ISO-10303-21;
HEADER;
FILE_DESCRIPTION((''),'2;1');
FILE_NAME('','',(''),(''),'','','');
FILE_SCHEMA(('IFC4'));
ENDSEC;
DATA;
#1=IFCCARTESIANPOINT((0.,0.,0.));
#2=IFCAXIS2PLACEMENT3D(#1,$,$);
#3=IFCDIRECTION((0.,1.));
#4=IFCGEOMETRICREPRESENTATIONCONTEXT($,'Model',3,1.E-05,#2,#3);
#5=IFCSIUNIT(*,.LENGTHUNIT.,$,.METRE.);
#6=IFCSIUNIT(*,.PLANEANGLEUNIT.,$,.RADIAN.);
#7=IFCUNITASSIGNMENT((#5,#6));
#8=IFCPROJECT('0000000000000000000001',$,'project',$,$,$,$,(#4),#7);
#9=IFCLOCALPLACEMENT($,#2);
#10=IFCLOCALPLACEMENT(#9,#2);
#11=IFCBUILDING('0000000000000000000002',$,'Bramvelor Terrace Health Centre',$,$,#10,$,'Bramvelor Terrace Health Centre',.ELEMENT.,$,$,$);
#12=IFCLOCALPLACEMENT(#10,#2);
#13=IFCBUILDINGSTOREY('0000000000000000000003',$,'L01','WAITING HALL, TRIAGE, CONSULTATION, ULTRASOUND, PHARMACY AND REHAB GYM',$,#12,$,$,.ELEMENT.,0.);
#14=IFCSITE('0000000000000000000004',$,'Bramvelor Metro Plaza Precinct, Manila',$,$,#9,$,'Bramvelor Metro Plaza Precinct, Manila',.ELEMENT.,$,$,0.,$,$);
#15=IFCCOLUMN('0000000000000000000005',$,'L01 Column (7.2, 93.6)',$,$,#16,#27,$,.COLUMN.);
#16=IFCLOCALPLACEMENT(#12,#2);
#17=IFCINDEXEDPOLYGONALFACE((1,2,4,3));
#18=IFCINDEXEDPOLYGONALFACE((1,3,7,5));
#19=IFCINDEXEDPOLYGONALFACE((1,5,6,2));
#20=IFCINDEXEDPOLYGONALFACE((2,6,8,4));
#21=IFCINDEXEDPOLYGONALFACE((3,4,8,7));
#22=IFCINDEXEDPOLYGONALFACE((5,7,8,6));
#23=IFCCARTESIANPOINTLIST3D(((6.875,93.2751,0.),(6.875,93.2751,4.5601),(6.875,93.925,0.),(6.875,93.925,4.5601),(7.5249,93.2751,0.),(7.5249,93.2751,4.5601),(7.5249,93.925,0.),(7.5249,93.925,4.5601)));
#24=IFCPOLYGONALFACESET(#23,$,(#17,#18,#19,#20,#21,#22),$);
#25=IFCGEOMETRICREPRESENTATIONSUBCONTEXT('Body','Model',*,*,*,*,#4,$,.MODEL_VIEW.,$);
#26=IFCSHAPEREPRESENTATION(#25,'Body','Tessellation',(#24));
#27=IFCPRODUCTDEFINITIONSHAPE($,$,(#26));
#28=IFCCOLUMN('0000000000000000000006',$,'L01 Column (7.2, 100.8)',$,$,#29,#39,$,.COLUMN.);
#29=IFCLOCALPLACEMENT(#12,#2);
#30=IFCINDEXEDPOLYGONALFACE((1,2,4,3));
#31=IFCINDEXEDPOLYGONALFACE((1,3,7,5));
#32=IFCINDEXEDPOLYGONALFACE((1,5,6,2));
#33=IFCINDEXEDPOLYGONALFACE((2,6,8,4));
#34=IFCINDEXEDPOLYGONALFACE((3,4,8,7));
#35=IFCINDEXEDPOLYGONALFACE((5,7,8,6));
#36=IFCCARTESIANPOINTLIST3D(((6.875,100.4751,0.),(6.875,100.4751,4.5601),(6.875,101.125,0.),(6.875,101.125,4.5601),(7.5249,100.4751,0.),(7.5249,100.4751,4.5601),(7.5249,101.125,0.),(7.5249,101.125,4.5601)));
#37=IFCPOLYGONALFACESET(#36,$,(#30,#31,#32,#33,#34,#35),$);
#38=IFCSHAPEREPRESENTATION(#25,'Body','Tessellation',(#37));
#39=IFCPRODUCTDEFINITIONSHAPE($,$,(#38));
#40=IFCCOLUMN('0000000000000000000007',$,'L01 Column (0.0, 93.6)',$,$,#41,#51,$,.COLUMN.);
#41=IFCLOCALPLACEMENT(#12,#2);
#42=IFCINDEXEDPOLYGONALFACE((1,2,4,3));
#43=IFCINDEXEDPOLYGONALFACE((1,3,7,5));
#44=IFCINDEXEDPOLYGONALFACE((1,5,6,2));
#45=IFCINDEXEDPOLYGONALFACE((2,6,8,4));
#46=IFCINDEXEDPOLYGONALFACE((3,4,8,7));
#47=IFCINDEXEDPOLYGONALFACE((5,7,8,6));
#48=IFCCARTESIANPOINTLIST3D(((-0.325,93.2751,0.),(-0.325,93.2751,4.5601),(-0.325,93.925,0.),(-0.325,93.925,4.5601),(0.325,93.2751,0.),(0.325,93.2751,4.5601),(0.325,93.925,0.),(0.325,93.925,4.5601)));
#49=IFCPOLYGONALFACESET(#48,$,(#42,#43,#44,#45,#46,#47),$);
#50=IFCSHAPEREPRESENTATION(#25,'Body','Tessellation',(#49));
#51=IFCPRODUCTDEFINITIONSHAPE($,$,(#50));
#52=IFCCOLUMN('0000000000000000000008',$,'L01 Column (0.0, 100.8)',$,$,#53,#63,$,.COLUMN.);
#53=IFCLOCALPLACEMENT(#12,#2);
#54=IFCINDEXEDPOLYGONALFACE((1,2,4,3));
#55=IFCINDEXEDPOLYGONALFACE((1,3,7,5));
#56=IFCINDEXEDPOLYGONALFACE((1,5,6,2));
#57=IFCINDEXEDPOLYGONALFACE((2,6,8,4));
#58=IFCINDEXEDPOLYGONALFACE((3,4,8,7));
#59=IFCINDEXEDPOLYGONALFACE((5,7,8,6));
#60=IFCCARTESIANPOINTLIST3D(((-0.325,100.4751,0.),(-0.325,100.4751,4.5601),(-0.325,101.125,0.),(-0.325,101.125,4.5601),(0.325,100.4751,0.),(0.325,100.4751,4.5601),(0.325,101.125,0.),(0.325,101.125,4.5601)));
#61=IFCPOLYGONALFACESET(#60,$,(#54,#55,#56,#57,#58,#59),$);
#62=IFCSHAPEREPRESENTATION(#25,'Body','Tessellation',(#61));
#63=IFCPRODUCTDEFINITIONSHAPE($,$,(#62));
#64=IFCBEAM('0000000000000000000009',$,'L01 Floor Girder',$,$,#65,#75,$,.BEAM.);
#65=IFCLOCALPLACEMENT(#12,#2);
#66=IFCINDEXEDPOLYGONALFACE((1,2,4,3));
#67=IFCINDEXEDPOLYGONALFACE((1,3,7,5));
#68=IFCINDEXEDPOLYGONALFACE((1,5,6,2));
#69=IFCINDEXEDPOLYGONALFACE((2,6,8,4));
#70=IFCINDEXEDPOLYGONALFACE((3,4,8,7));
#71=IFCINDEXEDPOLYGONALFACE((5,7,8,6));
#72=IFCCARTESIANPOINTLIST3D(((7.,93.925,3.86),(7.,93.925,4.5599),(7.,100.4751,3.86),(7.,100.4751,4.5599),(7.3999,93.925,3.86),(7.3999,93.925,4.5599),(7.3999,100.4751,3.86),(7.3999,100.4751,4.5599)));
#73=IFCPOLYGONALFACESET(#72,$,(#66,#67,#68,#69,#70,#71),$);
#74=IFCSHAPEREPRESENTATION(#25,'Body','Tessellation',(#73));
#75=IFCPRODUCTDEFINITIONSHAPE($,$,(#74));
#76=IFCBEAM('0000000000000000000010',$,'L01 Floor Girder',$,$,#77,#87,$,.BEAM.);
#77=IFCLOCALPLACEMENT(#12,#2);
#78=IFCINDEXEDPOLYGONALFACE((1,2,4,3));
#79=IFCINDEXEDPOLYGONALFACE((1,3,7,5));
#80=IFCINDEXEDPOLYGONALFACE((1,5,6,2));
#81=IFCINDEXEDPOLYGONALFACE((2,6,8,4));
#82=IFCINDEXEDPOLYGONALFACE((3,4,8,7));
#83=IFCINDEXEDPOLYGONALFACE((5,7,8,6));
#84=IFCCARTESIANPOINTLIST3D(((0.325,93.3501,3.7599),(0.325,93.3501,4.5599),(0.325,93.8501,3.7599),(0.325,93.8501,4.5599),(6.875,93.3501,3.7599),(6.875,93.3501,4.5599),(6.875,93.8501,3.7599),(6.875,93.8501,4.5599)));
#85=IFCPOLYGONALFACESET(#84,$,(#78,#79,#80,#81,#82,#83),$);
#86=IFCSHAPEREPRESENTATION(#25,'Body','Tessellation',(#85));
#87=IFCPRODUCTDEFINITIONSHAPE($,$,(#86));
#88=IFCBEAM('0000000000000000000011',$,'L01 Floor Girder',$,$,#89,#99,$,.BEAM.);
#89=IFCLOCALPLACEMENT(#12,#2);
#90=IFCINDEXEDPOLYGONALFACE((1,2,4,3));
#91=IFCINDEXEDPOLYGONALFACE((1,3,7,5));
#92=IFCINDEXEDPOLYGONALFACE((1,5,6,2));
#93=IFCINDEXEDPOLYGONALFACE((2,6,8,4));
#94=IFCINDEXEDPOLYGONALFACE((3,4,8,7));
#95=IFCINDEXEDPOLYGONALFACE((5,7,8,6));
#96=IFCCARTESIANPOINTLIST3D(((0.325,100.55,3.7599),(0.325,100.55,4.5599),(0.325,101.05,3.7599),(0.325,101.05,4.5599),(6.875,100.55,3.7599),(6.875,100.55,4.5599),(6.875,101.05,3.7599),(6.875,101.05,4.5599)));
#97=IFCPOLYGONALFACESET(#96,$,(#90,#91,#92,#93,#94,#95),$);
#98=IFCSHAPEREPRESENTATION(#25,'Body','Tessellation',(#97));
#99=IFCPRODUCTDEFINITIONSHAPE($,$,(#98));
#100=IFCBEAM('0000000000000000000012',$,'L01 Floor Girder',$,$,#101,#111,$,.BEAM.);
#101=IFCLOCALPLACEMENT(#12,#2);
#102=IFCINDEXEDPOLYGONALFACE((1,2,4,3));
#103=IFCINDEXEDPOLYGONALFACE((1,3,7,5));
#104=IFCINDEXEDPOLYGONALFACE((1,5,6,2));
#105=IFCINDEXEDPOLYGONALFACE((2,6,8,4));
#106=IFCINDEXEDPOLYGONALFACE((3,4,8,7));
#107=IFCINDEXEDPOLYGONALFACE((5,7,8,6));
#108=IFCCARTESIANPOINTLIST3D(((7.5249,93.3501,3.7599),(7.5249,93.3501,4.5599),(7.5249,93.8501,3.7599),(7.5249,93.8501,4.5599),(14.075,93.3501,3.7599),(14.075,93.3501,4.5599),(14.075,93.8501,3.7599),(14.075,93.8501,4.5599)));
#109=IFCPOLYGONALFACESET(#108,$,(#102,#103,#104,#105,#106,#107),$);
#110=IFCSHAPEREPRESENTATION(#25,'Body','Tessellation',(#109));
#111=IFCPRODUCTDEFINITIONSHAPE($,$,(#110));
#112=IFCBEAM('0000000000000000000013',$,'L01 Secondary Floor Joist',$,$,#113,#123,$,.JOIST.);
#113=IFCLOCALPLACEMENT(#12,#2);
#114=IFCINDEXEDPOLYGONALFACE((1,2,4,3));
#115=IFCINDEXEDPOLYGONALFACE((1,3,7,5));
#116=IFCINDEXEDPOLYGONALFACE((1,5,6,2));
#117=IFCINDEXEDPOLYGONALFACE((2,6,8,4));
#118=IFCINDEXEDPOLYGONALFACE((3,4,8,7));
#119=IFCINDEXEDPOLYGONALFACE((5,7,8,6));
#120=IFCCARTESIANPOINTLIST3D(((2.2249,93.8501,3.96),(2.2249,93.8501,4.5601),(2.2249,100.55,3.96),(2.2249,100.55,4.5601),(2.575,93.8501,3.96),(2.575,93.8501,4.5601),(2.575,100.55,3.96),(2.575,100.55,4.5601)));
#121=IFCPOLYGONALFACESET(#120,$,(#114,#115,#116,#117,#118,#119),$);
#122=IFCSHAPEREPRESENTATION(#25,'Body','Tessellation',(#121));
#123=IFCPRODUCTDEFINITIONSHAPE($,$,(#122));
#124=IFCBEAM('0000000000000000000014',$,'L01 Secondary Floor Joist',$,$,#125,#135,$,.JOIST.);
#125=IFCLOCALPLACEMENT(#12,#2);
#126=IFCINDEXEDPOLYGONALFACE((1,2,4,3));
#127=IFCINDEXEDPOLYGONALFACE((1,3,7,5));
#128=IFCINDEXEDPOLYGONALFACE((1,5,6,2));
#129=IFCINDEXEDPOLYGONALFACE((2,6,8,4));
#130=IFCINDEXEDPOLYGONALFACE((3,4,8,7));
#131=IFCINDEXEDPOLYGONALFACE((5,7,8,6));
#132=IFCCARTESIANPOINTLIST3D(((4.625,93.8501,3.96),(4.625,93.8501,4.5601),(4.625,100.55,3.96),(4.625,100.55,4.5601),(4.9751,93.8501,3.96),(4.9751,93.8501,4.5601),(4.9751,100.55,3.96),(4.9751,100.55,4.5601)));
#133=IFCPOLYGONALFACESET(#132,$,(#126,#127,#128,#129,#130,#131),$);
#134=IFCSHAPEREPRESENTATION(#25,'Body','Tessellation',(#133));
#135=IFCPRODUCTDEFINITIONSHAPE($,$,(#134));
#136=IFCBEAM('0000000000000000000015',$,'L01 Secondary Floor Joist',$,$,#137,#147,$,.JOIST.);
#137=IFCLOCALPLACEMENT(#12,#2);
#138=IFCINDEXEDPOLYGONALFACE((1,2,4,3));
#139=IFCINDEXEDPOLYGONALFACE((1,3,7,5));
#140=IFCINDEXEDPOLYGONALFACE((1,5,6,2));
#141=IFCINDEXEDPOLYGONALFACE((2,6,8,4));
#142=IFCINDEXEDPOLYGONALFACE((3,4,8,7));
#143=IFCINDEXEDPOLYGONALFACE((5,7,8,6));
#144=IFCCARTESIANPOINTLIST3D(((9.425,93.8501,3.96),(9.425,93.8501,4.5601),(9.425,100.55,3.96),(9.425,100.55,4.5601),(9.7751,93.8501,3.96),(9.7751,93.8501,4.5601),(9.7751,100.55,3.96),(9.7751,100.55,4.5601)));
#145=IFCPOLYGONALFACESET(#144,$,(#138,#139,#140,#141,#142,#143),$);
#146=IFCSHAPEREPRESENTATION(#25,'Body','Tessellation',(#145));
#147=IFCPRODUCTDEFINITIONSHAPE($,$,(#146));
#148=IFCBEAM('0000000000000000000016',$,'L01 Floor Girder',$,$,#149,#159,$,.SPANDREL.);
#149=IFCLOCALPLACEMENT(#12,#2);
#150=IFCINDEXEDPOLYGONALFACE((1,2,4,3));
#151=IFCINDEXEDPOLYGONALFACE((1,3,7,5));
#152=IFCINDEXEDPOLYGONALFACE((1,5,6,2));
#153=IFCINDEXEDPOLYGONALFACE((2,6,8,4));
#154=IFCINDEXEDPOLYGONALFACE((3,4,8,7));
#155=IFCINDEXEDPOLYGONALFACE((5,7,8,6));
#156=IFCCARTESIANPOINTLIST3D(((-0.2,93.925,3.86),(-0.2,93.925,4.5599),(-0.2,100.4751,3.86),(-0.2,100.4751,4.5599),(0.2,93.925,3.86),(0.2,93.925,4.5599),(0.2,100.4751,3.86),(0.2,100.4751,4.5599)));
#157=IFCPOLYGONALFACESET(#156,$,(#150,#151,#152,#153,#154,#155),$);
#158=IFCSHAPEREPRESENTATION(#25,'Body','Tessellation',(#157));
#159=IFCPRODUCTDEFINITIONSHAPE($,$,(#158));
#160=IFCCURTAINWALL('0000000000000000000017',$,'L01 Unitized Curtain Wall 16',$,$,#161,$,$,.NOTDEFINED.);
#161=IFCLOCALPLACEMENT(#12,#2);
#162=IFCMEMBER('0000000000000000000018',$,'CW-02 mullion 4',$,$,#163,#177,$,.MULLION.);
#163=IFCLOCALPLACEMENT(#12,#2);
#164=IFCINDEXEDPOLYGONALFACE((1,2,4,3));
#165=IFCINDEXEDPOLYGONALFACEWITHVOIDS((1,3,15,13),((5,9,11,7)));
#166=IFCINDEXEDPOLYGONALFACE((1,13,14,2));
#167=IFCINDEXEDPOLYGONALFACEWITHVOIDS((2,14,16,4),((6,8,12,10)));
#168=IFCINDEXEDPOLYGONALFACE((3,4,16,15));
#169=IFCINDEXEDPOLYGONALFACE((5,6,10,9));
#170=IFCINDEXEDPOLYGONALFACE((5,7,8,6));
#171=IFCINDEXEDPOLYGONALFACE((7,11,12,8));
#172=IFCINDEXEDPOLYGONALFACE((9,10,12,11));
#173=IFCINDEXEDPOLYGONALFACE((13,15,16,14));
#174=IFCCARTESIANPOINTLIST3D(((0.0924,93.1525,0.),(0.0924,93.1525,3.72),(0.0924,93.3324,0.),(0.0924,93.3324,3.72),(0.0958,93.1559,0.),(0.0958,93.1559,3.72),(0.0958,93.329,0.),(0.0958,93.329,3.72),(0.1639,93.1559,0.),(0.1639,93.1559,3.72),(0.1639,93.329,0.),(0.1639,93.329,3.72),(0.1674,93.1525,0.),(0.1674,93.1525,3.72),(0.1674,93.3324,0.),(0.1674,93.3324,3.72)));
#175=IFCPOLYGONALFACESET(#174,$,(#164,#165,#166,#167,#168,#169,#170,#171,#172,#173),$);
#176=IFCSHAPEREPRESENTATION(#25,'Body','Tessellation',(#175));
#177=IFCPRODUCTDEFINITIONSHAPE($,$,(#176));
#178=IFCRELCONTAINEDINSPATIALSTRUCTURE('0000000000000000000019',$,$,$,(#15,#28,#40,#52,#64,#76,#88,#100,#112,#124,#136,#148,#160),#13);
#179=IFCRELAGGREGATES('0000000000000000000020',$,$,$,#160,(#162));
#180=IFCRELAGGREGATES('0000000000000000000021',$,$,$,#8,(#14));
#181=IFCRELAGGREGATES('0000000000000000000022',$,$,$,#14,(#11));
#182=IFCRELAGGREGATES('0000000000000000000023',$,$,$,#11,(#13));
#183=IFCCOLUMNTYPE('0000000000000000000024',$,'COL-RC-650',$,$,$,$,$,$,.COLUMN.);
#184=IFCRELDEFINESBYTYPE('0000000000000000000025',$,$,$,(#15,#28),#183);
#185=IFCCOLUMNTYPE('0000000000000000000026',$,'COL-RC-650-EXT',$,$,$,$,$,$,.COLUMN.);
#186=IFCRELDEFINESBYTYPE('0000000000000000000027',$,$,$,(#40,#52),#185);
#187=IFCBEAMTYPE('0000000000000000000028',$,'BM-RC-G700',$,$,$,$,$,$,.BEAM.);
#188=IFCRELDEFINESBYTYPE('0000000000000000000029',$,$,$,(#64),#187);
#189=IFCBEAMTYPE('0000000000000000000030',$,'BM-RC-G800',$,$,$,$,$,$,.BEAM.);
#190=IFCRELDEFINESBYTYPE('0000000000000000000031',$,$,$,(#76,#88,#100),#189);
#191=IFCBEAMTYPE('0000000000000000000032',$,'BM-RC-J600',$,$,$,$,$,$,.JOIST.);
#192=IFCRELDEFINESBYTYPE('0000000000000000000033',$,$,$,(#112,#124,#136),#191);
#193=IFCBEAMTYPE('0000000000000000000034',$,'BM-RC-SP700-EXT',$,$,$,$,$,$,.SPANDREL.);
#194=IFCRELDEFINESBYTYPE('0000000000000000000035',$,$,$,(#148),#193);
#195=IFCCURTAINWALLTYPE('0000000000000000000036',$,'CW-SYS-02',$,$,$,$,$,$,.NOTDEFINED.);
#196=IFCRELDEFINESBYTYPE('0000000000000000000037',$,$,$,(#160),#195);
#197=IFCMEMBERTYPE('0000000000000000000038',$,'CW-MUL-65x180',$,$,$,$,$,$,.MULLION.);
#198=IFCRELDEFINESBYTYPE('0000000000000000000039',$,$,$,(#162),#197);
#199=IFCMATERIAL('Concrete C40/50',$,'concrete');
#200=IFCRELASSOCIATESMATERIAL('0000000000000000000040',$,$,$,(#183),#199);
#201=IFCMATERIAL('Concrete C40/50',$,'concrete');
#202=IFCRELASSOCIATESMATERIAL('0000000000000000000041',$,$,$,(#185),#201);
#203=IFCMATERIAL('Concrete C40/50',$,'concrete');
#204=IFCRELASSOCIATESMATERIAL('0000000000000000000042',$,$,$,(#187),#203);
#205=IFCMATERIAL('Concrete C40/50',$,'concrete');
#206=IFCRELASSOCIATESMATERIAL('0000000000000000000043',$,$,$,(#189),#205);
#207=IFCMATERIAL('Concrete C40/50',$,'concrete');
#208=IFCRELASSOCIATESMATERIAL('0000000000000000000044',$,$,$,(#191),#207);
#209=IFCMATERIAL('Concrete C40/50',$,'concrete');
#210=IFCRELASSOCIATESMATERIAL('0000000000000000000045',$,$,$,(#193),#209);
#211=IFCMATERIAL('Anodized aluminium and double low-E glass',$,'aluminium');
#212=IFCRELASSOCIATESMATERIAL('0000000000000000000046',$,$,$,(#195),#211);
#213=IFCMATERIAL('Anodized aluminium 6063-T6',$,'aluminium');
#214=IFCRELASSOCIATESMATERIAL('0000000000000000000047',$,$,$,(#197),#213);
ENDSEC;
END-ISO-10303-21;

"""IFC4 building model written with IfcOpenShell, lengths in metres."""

from ifc_helpers import new_model, si_unit, direction, frame, origin, origin_2d, place, context, subcontext, project, spatial, rectangle, hollow_rectangle, extrude, material, material_profile, profile_set, type_object, element, aggregate, save


model = new_model("IFC4")

# Units and contexts
model_context = context("Model", 3, precision=1e-05, world=origin(), true_north=direction((0.0, 1.0)))
body_context = subcontext(model_context, "Body", "Model", "MODEL_VIEW")
ifc_project = project(units=[si_unit("LENGTHUNIT", "METRE"), si_unit("PLANEANGLEUNIT", "RADIAN")], contexts=[model_context])

# Site, building, storey
site_placement = place(None, origin())
site = spatial("IfcSite", under=ifc_project, at=site_placement, Name="Bramvelor Metro Plaza Precinct, Manila", LongName="Bramvelor Metro Plaza Precinct, Manila", CompositionType="ELEMENT", RefElevation=0.0)
building_placement = place(site_placement, origin())
building = spatial("IfcBuilding", under=site, at=building_placement, Name="Bramvelor Terrace Health Centre", LongName="Bramvelor Terrace Health Centre", CompositionType="ELEMENT")
storey_placement = place(building_placement, origin())
storey = spatial("IfcBuildingStorey", under=building, at=storey_placement, Name="L01", Description="WAITING HALL, TRIAGE, CONSULTATION, ULTRASOUND, PHARMACY AND REHAB GYM", CompositionType="ELEMENT", Elevation=0.0)

# Columns
ifc_material_1 = material(Name="Concrete C40/50", Category="concrete")
ifc_material_profile_1 = material_profile(ifc_material_1, rectangle(XDim=0.6499, YDim=0.6499, at=origin_2d()), Name="RC 650x650")
ifc_profile_set_1 = profile_set([ifc_material_profile_1], Name="Concrete C40/50")
column_type_1 = type_object("IfcColumnType", Name="COL-RC-650", PredefinedType="COLUMN", material=ifc_profile_set_1)
for number, where, z_axis, x_axis, name in (
    (1, (7.2, 93.6001, 0.0), (0.0, 0.0, 1.0), (1.0, 0.0, 0.0), "L01 Column (7.2, 93.6)"),
    (2, (7.2, 100.8, 0.0), (0.0, 0.0, 1.0), (1.0, 0.0, 0.0), "L01 Column (7.2, 100.8)"),
):
    element("IfcColumn", number, at=place(storey_placement, frame(where, z_axis=z_axis, x_axis=x_axis)), inside=storey, type_object=column_type_1, Name=name, PredefinedType="COLUMN", context=body_context, shape_type="SweptSolid", body=[
        extrude(rectangle(XDim=0.6499, YDim=0.6499, at=origin_2d()), origin(), (0.0, 0.0, 1.0), 4.5601),
    ])
ifc_material_2 = material(Name="Concrete C40/50", Category="concrete")
ifc_material_profile_2 = material_profile(ifc_material_2, rectangle(XDim=0.6499, YDim=0.6499, at=origin_2d()), Name="RC 650x650")
ifc_profile_set_2 = profile_set([ifc_material_profile_2], Name="Concrete C40/50")
column_type_2 = type_object("IfcColumnType", Name="COL-RC-650-EXT", PredefinedType="COLUMN", material=ifc_profile_set_2)
for number, where, z_axis, x_axis, name in (
    (3, (0.0, 93.6001, 0.0), (0.0, 0.0, 1.0), (1.0, 0.0, 0.0), "L01 Column (0.0, 93.6)"),
    (4, (0.0, 100.8, 0.0), (0.0, 0.0, 1.0), (1.0, 0.0, 0.0), "L01 Column (0.0, 100.8)"),
):
    element("IfcColumn", number, at=place(storey_placement, frame(where, z_axis=z_axis, x_axis=x_axis)), inside=storey, type_object=column_type_2, Name=name, PredefinedType="COLUMN", context=body_context, shape_type="SweptSolid", body=[
        extrude(rectangle(XDim=0.6499, YDim=0.6499, at=origin_2d()), origin(), (0.0, 0.0, 1.0), 4.5601),
    ])

# Beams
ifc_material_3 = material(Name="Concrete C40/50", Category="concrete")
ifc_material_profile_3 = material_profile(ifc_material_3, rectangle(XDim=0.3999, YDim=0.7, at=origin_2d()), Name="RC 400x700")
ifc_profile_set_3 = profile_set([ifc_material_profile_3], Name="Concrete C40/50")
beam_type_1 = type_object("IfcBeamType", Name="BM-RC-G700", PredefinedType="BEAM", material=ifc_profile_set_3)
beam_1_placement = place(storey_placement, frame((7.2, 93.925, 4.21), z_axis=(0.0, 1.0, 0.0), x_axis=(-1.0, 0.0, 0.0)))
element("IfcBeam", 5, at=beam_1_placement, inside=storey, type_object=beam_type_1, Name="L01 Floor Girder", PredefinedType="BEAM", context=body_context, shape_type="SweptSolid", body=[
    extrude(rectangle(XDim=0.3999, YDim=0.7, at=origin_2d()), origin(), (0.0, 0.0, 1.0), 6.55),
])
ifc_material_4 = material(Name="Concrete C40/50", Category="concrete")
ifc_material_profile_4 = material_profile(ifc_material_4, rectangle(XDim=0.5, YDim=0.8, at=origin_2d()), Name="RC 500x800")
ifc_profile_set_4 = profile_set([ifc_material_profile_4], Name="Concrete C40/50")
beam_type_2 = type_object("IfcBeamType", Name="BM-RC-G800", PredefinedType="BEAM", material=ifc_profile_set_4)
for number, where, z_axis, x_axis, name in (
    (6, (0.325, 93.6001, 4.1599), (1.0, 0.0, 0.0), (0.0, 1.0, 0.0), "L01 Floor Girder"),
    (7, (0.325, 100.8, 4.1599), (1.0, 0.0, 0.0), (0.0, 1.0, 0.0), "L01 Floor Girder"),
    (8, (7.5249, 93.6001, 4.1599), (1.0, 0.0, 0.0), (0.0, 1.0, 0.0), "L01 Floor Girder"),
):
    element("IfcBeam", number, at=place(storey_placement, frame(where, z_axis=z_axis, x_axis=x_axis)), inside=storey, type_object=beam_type_2, Name=name, PredefinedType="BEAM", context=body_context, shape_type="SweptSolid", body=[
        extrude(rectangle(XDim=0.5, YDim=0.8, at=origin_2d()), origin(), (0.0, 0.0, 1.0), 6.55),
    ])
ifc_material_5 = material(Name="Concrete C40/50", Category="concrete")
ifc_material_profile_5 = material_profile(ifc_material_5, rectangle(XDim=0.3501, YDim=0.6001, at=origin_2d()), Name="RC 350x600")
ifc_profile_set_5 = profile_set([ifc_material_profile_5], Name="Concrete C40/50")
beam_type_3 = type_object("IfcBeamType", Name="BM-RC-J600", PredefinedType="JOIST", material=ifc_profile_set_5)
for number, where, z_axis, x_axis, name in (
    (9, (2.3999, 93.8501, 4.26), (0.0, 1.0, 0.0), (-1.0, 0.0, 0.0), "L01 Secondary Floor Joist"),
    (10, (4.8, 93.8501, 4.26), (0.0, 1.0, 0.0), (-1.0, 0.0, 0.0), "L01 Secondary Floor Joist"),
    (11, (9.6001, 93.8501, 4.26), (0.0, 1.0, 0.0), (-1.0, 0.0, 0.0), "L01 Secondary Floor Joist"),
):
    element("IfcBeam", number, at=place(storey_placement, frame(where, z_axis=z_axis, x_axis=x_axis)), inside=storey, type_object=beam_type_3, Name=name, PredefinedType="JOIST", context=body_context, shape_type="SweptSolid", body=[
        extrude(rectangle(XDim=0.3501, YDim=0.6001, at=origin_2d()), origin(), (0.0, 0.0, 1.0), 6.7),
    ])
ifc_material_6 = material(Name="Concrete C40/50", Category="concrete")
ifc_material_profile_6 = material_profile(ifc_material_6, rectangle(XDim=0.3999, YDim=0.7, at=origin_2d()), Name="RC 400x700")
ifc_profile_set_6 = profile_set([ifc_material_profile_6], Name="Concrete C40/50")
beam_type_4 = type_object("IfcBeamType", Name="BM-RC-SP700-EXT", PredefinedType="SPANDREL", material=ifc_profile_set_6)
beam_2_placement = place(storey_placement, frame((0.0, 93.925, 4.21), z_axis=(0.0, 1.0, 0.0), x_axis=(-1.0, 0.0, 0.0)))
element("IfcBeam", 12, at=beam_2_placement, inside=storey, type_object=beam_type_4, Name="L01 Floor Girder", PredefinedType="SPANDREL", context=body_context, shape_type="SweptSolid", body=[
    extrude(rectangle(XDim=0.3999, YDim=0.7, at=origin_2d()), origin(), (0.0, 0.0, 1.0), 6.55),
])

# Curtain wall, member
ifc_material_7 = material(Name="Anodized aluminium and double low-E glass", Category="aluminium")
curtain_wall_type = type_object("IfcCurtainWallType", Name="CW-SYS-02", PredefinedType="NOTDEFINED", material=ifc_material_7)
curtain_wall_placement = place(storey_placement, origin())
curtain_wall = element("IfcCurtainWall", 13, at=curtain_wall_placement, inside=storey, type_object=curtain_wall_type, Name="L01 Unitized Curtain Wall 16", PredefinedType="NOTDEFINED")
ifc_material_8 = material(Name="Anodized aluminium 6063-T6", Category="aluminium")
ifc_material_profile_7 = material_profile(ifc_material_8, hollow_rectangle(XDim=0.075, YDim=0.1799, WallThickness=0.0034, at=origin_2d()), Name="ALU-MUL 75x180x3.5")
ifc_profile_set_7 = profile_set([ifc_material_profile_7], Name="Anodized aluminium 6063-T6")
member_type = type_object("IfcMemberType", Name="CW-MUL-65x180", PredefinedType="MULLION", material=ifc_profile_set_7)
member_placement = place(storey_placement, frame((0.1299, 93.2424, 0.0), z_axis=(0.0, 0.0, 1.0), x_axis=(-1.0, 0.0, 0.0)))
member = element("IfcMember", 14, at=member_placement, type_object=member_type, Name="CW-02 mullion 4", PredefinedType="MULLION", context=body_context, shape_type="SweptSolid", body=[
    extrude(hollow_rectangle(XDim=0.075, YDim=0.1799, WallThickness=0.0034, at=origin_2d()), origin(), (0.0, 0.0, 1.0), 3.72),
])
aggregate(curtain_wall, [member])

save(model, "model.ifc")
